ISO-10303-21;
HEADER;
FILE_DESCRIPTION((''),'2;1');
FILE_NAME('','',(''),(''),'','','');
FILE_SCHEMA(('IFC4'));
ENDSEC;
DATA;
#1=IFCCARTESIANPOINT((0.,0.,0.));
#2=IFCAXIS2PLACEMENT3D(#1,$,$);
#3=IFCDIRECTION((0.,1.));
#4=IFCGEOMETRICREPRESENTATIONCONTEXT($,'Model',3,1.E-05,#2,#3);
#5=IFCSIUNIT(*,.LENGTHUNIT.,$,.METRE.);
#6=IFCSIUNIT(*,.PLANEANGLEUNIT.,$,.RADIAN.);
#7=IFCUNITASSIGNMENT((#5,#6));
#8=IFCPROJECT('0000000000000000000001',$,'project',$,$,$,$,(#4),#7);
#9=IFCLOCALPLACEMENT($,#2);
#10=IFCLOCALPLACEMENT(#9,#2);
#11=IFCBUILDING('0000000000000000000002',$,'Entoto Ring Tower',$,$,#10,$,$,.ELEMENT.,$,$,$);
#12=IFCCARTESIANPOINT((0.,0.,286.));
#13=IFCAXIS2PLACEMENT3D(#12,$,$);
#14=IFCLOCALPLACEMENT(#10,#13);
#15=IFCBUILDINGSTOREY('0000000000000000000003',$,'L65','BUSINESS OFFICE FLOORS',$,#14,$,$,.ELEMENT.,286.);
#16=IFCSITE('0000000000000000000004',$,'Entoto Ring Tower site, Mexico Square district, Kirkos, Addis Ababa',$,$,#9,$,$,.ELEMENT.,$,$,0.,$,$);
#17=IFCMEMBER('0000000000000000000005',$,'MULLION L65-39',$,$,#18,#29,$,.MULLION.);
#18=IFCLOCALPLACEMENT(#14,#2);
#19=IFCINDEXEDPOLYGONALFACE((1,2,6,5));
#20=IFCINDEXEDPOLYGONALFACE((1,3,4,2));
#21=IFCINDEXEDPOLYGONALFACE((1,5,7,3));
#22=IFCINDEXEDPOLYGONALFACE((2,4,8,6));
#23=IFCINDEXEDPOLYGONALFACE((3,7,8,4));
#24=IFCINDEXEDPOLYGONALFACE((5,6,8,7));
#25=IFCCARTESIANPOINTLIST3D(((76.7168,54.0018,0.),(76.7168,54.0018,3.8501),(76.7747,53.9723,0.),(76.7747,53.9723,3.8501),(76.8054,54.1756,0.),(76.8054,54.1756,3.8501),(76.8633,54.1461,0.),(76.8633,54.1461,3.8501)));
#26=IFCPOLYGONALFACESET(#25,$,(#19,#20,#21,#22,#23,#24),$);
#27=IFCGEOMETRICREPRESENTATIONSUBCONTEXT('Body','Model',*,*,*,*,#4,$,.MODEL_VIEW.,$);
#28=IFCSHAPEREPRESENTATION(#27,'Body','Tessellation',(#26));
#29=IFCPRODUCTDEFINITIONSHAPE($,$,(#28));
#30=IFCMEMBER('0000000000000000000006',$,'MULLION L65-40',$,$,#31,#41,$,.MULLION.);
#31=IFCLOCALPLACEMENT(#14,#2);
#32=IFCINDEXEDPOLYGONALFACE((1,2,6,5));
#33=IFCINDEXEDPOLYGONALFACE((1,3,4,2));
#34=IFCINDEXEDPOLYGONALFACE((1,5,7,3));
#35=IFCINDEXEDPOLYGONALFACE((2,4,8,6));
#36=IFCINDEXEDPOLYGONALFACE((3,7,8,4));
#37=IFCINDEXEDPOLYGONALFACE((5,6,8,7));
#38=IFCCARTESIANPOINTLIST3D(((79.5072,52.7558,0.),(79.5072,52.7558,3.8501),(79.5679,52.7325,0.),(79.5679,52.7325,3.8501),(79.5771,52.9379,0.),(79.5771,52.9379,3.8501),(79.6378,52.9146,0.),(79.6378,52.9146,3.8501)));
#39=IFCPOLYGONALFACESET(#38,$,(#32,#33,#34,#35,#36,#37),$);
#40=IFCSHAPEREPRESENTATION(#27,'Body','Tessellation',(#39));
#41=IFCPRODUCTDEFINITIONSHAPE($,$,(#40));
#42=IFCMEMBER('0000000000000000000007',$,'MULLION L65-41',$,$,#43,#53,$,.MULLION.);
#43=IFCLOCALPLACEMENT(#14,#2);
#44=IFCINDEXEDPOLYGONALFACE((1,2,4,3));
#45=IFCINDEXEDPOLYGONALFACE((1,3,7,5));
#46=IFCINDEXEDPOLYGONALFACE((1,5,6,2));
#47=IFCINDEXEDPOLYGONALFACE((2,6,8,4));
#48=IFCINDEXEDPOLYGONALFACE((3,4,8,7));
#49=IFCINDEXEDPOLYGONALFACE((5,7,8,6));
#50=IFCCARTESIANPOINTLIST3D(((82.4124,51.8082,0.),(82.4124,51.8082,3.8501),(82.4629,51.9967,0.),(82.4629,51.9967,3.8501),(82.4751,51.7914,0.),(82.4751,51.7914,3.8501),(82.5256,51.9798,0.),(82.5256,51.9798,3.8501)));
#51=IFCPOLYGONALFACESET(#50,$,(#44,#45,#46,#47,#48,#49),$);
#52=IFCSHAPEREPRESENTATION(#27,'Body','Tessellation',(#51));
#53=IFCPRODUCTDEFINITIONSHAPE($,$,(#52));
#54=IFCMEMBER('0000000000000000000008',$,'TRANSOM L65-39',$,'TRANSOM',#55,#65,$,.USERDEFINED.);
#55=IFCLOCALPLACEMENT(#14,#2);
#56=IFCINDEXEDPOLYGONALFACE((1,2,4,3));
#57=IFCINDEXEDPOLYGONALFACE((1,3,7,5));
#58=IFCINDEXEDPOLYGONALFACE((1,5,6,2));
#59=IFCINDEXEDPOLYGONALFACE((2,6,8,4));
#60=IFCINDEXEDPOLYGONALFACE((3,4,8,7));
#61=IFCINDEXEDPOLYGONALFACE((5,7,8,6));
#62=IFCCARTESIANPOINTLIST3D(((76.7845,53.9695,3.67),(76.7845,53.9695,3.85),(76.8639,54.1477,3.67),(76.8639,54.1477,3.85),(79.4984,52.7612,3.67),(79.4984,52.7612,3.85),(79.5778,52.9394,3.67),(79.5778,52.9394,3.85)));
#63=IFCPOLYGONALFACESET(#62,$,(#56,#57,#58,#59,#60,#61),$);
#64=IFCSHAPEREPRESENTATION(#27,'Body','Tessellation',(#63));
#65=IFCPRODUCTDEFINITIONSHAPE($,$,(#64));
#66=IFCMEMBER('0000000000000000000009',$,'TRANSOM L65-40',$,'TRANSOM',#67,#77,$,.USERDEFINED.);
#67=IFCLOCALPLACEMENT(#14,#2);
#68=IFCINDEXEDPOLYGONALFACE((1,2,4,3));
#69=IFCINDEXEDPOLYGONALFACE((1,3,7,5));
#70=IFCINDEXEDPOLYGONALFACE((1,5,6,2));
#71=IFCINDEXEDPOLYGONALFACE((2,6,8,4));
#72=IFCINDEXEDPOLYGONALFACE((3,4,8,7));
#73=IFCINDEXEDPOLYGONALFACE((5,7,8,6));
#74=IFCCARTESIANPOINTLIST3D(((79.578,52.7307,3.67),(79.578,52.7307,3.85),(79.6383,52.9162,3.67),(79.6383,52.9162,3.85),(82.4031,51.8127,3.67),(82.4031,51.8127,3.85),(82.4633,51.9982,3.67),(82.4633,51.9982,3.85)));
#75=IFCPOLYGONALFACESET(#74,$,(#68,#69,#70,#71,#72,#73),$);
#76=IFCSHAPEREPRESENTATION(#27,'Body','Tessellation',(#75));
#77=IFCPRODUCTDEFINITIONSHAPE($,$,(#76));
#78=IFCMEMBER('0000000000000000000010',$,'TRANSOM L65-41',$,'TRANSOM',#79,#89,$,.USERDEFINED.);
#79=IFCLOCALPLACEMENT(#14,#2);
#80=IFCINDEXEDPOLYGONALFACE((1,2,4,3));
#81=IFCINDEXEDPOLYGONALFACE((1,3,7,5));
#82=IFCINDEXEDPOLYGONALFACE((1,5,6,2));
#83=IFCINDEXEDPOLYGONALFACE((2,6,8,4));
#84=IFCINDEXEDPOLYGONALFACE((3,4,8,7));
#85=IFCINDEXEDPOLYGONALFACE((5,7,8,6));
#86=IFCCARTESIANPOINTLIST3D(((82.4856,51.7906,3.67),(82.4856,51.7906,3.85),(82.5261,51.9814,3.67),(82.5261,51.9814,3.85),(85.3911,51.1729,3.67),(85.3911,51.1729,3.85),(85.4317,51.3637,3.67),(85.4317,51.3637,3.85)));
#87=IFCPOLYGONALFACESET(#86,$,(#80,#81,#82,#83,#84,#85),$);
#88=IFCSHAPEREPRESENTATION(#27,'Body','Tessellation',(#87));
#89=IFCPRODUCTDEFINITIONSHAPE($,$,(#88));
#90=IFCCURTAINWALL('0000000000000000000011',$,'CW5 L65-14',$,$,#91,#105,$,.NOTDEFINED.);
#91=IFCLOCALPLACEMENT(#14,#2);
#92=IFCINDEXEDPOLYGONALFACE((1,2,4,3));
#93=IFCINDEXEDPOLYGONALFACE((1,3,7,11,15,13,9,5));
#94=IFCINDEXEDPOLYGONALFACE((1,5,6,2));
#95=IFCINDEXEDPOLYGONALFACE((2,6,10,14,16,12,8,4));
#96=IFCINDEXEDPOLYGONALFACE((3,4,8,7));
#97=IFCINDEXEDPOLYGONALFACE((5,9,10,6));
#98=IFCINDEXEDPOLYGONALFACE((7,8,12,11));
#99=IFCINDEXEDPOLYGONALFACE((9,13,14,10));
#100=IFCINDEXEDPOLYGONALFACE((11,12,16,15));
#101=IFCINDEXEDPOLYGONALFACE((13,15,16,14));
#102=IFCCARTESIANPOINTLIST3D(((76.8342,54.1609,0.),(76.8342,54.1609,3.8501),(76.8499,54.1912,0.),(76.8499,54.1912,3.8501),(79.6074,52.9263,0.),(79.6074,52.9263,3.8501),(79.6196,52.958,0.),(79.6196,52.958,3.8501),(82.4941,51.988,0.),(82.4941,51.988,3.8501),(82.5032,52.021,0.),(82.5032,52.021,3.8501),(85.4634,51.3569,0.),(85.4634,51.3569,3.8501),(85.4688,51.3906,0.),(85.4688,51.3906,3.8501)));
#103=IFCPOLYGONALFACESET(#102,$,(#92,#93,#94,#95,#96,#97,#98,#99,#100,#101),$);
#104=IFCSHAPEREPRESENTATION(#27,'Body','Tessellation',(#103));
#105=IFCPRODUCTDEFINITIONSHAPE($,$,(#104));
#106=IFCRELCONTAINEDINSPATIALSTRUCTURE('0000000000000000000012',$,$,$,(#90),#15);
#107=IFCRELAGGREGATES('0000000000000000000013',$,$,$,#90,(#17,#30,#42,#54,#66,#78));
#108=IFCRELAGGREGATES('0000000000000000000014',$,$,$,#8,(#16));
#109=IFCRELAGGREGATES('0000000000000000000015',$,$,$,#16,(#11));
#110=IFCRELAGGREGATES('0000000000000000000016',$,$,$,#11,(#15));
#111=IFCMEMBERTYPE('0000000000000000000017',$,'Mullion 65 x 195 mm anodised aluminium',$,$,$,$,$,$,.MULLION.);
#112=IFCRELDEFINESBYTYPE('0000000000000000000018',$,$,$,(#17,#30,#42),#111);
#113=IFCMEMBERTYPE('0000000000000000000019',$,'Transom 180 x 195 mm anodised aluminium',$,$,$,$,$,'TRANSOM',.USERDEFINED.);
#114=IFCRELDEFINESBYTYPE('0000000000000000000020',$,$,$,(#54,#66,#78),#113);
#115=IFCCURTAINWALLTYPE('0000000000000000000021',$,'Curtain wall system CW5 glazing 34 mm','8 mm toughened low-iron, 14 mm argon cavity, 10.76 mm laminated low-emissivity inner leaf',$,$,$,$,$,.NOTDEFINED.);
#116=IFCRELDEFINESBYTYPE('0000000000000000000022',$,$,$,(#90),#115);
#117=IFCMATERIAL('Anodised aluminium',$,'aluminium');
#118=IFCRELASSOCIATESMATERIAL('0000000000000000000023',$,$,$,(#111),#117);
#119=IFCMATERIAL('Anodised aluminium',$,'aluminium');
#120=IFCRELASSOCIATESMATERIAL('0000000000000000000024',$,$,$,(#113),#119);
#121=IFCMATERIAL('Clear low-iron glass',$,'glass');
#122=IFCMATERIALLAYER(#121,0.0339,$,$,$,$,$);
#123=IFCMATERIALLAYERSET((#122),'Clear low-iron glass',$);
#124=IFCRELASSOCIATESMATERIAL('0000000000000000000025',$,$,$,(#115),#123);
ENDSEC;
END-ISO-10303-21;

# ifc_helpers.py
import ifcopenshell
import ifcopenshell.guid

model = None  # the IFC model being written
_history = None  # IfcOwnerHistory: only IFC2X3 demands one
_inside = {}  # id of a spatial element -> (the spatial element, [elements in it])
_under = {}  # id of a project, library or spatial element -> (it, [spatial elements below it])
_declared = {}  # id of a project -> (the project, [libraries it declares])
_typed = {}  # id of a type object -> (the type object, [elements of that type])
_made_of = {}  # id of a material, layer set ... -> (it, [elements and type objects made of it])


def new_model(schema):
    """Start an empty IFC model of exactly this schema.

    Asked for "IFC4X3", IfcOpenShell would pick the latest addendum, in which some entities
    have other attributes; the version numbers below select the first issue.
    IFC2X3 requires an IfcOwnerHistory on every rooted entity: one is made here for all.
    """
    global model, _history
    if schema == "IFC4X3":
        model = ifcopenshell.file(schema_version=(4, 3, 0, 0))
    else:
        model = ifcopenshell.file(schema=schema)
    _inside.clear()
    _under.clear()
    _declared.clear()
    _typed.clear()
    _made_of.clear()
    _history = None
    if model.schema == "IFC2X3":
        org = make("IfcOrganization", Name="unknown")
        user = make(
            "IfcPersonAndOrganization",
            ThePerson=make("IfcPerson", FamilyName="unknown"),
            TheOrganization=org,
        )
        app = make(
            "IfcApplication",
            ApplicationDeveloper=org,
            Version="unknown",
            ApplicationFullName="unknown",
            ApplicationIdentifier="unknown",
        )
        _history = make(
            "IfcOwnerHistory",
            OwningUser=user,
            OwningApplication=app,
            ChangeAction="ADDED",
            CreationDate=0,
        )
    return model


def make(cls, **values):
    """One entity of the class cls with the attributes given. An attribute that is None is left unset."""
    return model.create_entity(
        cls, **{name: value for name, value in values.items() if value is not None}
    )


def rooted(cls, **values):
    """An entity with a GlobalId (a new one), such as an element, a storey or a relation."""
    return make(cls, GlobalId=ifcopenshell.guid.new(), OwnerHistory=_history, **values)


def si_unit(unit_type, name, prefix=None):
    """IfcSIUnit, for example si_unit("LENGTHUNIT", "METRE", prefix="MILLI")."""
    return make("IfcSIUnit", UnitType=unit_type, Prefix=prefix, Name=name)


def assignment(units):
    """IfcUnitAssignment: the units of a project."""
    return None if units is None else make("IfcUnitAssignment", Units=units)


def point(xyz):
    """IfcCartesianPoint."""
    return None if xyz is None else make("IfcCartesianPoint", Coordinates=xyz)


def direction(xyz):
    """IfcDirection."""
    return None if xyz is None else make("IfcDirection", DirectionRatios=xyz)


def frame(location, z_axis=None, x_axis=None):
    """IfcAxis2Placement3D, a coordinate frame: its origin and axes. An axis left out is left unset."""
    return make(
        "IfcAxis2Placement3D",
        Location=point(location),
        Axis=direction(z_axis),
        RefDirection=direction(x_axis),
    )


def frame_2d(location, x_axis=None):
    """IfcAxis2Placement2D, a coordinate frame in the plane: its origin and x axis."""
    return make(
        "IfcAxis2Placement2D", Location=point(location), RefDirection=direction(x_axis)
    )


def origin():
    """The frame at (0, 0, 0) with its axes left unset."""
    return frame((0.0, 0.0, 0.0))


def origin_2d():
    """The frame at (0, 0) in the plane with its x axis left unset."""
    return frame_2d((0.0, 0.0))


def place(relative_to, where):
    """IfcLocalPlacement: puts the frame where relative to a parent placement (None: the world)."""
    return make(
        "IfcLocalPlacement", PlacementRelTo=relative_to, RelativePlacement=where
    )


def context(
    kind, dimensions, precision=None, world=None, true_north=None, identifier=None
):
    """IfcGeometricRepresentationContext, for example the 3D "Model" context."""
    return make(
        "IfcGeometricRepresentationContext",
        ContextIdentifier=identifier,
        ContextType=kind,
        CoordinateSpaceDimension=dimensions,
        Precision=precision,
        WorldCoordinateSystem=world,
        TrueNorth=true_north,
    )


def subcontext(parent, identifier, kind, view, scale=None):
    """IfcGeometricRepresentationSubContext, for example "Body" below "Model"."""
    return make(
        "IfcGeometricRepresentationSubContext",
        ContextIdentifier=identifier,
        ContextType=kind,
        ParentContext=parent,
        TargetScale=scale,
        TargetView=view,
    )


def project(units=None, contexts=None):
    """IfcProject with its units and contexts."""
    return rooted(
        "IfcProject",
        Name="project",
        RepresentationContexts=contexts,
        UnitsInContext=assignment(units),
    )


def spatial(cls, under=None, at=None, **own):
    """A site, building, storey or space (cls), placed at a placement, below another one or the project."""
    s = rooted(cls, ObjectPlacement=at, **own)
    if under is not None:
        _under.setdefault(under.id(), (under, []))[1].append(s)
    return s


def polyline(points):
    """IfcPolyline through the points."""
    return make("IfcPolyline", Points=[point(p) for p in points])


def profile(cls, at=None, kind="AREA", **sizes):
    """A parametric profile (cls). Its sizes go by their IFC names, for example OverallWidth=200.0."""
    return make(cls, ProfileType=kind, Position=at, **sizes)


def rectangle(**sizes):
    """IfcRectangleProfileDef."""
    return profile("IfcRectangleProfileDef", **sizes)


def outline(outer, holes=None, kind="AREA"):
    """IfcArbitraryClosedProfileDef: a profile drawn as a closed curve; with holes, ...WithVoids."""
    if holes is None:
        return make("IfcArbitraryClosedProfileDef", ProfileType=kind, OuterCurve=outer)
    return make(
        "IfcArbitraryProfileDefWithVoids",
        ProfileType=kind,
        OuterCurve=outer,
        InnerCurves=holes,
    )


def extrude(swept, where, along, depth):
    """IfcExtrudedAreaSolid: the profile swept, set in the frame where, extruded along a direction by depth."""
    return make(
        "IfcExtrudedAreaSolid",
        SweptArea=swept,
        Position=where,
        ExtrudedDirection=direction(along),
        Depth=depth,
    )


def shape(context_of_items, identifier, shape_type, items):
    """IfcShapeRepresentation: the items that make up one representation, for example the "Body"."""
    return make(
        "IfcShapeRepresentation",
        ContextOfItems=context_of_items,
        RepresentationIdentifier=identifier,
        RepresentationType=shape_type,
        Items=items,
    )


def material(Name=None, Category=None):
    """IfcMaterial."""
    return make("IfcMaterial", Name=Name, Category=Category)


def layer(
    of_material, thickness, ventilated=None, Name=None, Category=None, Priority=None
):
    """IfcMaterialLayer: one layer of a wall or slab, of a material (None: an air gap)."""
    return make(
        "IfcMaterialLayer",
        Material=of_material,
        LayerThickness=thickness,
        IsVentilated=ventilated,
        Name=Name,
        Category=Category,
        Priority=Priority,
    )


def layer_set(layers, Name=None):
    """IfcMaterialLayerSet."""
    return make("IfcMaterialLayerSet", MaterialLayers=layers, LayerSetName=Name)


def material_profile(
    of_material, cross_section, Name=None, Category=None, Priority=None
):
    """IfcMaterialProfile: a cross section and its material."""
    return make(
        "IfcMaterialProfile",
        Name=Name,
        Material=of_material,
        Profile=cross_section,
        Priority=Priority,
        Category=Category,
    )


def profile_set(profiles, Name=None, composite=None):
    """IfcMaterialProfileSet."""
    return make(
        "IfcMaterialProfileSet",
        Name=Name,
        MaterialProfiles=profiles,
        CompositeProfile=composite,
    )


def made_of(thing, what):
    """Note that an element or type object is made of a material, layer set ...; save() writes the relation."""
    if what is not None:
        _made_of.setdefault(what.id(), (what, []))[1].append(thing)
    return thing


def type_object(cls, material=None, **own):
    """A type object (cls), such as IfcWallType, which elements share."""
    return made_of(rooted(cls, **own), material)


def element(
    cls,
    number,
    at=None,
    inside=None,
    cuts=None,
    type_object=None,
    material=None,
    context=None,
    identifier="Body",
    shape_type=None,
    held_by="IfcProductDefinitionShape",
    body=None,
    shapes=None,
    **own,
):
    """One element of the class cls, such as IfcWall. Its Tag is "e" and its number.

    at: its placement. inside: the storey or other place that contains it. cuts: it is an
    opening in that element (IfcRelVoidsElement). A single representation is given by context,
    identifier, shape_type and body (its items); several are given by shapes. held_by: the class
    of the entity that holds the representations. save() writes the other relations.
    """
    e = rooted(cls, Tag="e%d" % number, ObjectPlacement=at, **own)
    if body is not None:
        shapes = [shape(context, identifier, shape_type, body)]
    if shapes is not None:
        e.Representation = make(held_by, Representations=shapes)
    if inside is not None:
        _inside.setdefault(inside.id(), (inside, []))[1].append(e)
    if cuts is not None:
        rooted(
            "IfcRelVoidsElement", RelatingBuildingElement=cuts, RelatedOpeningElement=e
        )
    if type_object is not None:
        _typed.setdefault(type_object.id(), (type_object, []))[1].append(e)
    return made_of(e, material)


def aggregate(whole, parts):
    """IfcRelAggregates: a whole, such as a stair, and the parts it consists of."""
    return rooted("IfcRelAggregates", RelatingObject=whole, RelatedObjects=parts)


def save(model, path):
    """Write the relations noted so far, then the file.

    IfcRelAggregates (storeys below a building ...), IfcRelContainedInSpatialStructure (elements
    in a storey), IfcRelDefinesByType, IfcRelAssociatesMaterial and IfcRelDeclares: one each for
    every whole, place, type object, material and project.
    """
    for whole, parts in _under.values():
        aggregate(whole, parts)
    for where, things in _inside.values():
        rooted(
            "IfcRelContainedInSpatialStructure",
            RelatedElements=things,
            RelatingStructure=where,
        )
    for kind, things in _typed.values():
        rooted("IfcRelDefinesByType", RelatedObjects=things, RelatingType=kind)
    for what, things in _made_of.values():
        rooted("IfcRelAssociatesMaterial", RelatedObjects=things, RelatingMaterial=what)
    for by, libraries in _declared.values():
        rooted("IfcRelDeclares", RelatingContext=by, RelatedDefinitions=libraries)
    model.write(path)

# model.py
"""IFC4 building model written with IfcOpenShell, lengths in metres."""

from ifc_helpers import new_model, si_unit, direction, frame, origin, origin_2d, place, context, subcontext, project, spatial, polyline, rectangle, outline, extrude, material, layer, layer_set, material_profile, profile_set, type_object, element, aggregate, save


model = new_model("IFC4")

# Units and contexts
model_context = context("Model", 3, precision=1e-05, world=origin(), true_north=direction((0.0, 1.0)))
body_context = subcontext(model_context, "Body", "Model", "MODEL_VIEW")
ifc_project = project(units=[si_unit("LENGTHUNIT", "METRE"), si_unit("PLANEANGLEUNIT", "RADIAN")], contexts=[model_context])

# Members
ifc_material_1 = material(Name="Anodised aluminium", Category="aluminium")
ifc_material_profile_1 = material_profile(ifc_material_1, rectangle(XDim=0.0649, YDim=0.1951, at=origin_2d()), Name="Mullion 65 x 195 mm anodised aluminium")
ifc_profile_set_1 = profile_set([ifc_material_profile_1], Name="Anodised aluminium")
member_type_1 = type_object("IfcMemberType", Name="Mullion 65 x 195 mm anodised aluminium", PredefinedType="MULLION", material=ifc_profile_set_1)
site_placement = place(None, origin())
building_placement = place(site_placement, origin())
storey_placement = place(building_placement, frame((0.0, 0.0, 286.0)))
member_1_placement = place(storey_placement, frame((76.79, 54.074, 0.0), z_axis=(0.0, 0.0, 1.0), x_axis=(0.891007, -0.45399, 0.0)))
member_1 = element("IfcMember", 1, at=member_1_placement, type_object=member_type_1, Name="MULLION L65-39", PredefinedType="MULLION", context=body_context, shape_type="SweptSolid", body=[
    extrude(rectangle(XDim=0.0649, YDim=0.1951, at=origin_2d()), origin(), (0.0, 0.0, 1.0), 3.8501),
])
member_2_placement = place(storey_placement, frame((79.5725, 52.8352, 0.0), z_axis=(0.0, 0.0, 1.0), x_axis=(0.93358, -0.358368, 0.0)))
member_2 = element("IfcMember", 2, at=member_2_placement, type_object=member_type_1, Name="MULLION L65-40", PredefinedType="MULLION", context=body_context, shape_type="SweptSolid", body=[
    extrude(rectangle(XDim=0.0649, YDim=0.1951, at=origin_2d()), origin(), (0.0, 0.0, 1.0), 3.8501),
])
member_3_placement = place(storey_placement, frame((82.469, 51.894, 0.0), z_axis=(0.0, 0.0, 1.0), x_axis=(0.965926, -0.258819, 0.0)))
member_3 = element("IfcMember", 3, at=member_3_placement, type_object=member_type_1, Name="MULLION L65-41", PredefinedType="MULLION", context=body_context, shape_type="SweptSolid", body=[
    extrude(rectangle(XDim=0.0649, YDim=0.1951, at=origin_2d()), origin(), (0.0, 0.0, 1.0), 3.8501),
])
ifc_material_2 = material(Name="Anodised aluminium", Category="aluminium")
ifc_material_profile_2 = material_profile(ifc_material_2, rectangle(XDim=0.1951, YDim=0.1799, at=origin_2d()), Name="Transom 180 x 195 mm anodised aluminium")
ifc_profile_set_2 = profile_set([ifc_material_profile_2], Name="Anodised aluminium")
member_type_2 = type_object("IfcMemberType", Name="Transom 180 x 195 mm anodised aluminium", ElementType="TRANSOM", PredefinedType="USERDEFINED", material=ifc_profile_set_2)
member_4_placement = place(storey_placement, frame((76.8242, 54.0586, 3.76), z_axis=(0.91355, -0.406726, 0.0), x_axis=(0.406726, 0.91355, 0.0)))
member_4 = element("IfcMember", 4, at=member_4_placement, type_object=member_type_2, Name="TRANSOM L65-39", ObjectType="TRANSOM", PredefinedType="USERDEFINED", context=body_context, shape_type="SweptSolid", body=[
    extrude(rectangle(XDim=0.1951, YDim=0.1799, at=origin_2d()), origin(), (0.0, 0.0, 1.0), 2.9707),
])
member_5_placement = place(storey_placement, frame((79.6082, 52.8235, 3.76), z_axis=(0.951048, -0.309043, 0.0), x_axis=(0.309043, 0.951048, 0.0)))
member_5 = element("IfcMember", 5, at=member_5_placement, type_object=member_type_2, Name="TRANSOM L65-40", ObjectType="TRANSOM", PredefinedType="USERDEFINED", context=body_context, shape_type="SweptSolid", body=[
    extrude(rectangle(XDim=0.1951, YDim=0.1799, at=origin_2d()), origin(), (0.0, 0.0, 1.0), 2.9705),
])
member_6_placement = place(storey_placement, frame((82.5059, 51.886, 3.76), z_axis=(0.978142, -0.20794, 0.0), x_axis=(0.20794, 0.978142, 0.0)))
member_6 = element("IfcMember", 6, at=member_6_placement, type_object=member_type_2, Name="TRANSOM L65-41", ObjectType="TRANSOM", PredefinedType="USERDEFINED", context=body_context, shape_type="SweptSolid", body=[
    extrude(rectangle(XDim=0.1951, YDim=0.1799, at=origin_2d()), origin(), (0.0, 0.0, 1.0), 2.9705),
])

# Site, building, storey
site = spatial("IfcSite", under=ifc_project, at=site_placement, Name="Entoto Ring Tower site, Mexico Square district, Kirkos, Addis Ababa", CompositionType="ELEMENT", RefElevation=0.0)
building = spatial("IfcBuilding", under=site, at=building_placement, Name="Entoto Ring Tower", CompositionType="ELEMENT")
storey = spatial("IfcBuildingStorey", under=building, at=storey_placement, Name="L65", Description="BUSINESS OFFICE FLOORS", CompositionType="ELEMENT", Elevation=286.0)

# Curtain wall
ifc_material_3 = material(Name="Clear low-iron glass", Category="glass")
ifc_layer = layer(ifc_material_3, 0.0339)
ifc_layer_set = layer_set([ifc_layer], Name="Clear low-iron glass")
curtain_wall_type = type_object("IfcCurtainWallType", Name="Curtain wall system CW5 glazing 34 mm", Description="8 mm toughened low-iron, 14 mm argon cavity, 10.76 mm laminated low-emissivity inner leaf", PredefinedType="NOTDEFINED", material=ifc_layer_set)
curtain_wall_1_placement = place(storey_placement, origin())
curtain_wall_1 = element("IfcCurtainWall", 7, at=curtain_wall_1_placement, inside=storey, type_object=curtain_wall_type, Name="CW5 L65-14", PredefinedType="NOTDEFINED", context=body_context, shape_type="SweptSolid", body=[
    extrude(outline(polyline([(76.8342, 54.1609), (79.6074, 52.9263), (82.4941, 51.988), (85.4634, 51.3569), (85.4688, 51.3906), (82.5032, 52.021), (79.6196, 52.958), (76.8499, 54.1912), (76.8342, 54.1609)])), origin(), (0.0, 0.0, 1.0), 3.8501),
])
aggregate(curtain_wall_1, [member_1, member_2, member_3, member_4, member_5, member_6])

save(model, "model.ifc")
